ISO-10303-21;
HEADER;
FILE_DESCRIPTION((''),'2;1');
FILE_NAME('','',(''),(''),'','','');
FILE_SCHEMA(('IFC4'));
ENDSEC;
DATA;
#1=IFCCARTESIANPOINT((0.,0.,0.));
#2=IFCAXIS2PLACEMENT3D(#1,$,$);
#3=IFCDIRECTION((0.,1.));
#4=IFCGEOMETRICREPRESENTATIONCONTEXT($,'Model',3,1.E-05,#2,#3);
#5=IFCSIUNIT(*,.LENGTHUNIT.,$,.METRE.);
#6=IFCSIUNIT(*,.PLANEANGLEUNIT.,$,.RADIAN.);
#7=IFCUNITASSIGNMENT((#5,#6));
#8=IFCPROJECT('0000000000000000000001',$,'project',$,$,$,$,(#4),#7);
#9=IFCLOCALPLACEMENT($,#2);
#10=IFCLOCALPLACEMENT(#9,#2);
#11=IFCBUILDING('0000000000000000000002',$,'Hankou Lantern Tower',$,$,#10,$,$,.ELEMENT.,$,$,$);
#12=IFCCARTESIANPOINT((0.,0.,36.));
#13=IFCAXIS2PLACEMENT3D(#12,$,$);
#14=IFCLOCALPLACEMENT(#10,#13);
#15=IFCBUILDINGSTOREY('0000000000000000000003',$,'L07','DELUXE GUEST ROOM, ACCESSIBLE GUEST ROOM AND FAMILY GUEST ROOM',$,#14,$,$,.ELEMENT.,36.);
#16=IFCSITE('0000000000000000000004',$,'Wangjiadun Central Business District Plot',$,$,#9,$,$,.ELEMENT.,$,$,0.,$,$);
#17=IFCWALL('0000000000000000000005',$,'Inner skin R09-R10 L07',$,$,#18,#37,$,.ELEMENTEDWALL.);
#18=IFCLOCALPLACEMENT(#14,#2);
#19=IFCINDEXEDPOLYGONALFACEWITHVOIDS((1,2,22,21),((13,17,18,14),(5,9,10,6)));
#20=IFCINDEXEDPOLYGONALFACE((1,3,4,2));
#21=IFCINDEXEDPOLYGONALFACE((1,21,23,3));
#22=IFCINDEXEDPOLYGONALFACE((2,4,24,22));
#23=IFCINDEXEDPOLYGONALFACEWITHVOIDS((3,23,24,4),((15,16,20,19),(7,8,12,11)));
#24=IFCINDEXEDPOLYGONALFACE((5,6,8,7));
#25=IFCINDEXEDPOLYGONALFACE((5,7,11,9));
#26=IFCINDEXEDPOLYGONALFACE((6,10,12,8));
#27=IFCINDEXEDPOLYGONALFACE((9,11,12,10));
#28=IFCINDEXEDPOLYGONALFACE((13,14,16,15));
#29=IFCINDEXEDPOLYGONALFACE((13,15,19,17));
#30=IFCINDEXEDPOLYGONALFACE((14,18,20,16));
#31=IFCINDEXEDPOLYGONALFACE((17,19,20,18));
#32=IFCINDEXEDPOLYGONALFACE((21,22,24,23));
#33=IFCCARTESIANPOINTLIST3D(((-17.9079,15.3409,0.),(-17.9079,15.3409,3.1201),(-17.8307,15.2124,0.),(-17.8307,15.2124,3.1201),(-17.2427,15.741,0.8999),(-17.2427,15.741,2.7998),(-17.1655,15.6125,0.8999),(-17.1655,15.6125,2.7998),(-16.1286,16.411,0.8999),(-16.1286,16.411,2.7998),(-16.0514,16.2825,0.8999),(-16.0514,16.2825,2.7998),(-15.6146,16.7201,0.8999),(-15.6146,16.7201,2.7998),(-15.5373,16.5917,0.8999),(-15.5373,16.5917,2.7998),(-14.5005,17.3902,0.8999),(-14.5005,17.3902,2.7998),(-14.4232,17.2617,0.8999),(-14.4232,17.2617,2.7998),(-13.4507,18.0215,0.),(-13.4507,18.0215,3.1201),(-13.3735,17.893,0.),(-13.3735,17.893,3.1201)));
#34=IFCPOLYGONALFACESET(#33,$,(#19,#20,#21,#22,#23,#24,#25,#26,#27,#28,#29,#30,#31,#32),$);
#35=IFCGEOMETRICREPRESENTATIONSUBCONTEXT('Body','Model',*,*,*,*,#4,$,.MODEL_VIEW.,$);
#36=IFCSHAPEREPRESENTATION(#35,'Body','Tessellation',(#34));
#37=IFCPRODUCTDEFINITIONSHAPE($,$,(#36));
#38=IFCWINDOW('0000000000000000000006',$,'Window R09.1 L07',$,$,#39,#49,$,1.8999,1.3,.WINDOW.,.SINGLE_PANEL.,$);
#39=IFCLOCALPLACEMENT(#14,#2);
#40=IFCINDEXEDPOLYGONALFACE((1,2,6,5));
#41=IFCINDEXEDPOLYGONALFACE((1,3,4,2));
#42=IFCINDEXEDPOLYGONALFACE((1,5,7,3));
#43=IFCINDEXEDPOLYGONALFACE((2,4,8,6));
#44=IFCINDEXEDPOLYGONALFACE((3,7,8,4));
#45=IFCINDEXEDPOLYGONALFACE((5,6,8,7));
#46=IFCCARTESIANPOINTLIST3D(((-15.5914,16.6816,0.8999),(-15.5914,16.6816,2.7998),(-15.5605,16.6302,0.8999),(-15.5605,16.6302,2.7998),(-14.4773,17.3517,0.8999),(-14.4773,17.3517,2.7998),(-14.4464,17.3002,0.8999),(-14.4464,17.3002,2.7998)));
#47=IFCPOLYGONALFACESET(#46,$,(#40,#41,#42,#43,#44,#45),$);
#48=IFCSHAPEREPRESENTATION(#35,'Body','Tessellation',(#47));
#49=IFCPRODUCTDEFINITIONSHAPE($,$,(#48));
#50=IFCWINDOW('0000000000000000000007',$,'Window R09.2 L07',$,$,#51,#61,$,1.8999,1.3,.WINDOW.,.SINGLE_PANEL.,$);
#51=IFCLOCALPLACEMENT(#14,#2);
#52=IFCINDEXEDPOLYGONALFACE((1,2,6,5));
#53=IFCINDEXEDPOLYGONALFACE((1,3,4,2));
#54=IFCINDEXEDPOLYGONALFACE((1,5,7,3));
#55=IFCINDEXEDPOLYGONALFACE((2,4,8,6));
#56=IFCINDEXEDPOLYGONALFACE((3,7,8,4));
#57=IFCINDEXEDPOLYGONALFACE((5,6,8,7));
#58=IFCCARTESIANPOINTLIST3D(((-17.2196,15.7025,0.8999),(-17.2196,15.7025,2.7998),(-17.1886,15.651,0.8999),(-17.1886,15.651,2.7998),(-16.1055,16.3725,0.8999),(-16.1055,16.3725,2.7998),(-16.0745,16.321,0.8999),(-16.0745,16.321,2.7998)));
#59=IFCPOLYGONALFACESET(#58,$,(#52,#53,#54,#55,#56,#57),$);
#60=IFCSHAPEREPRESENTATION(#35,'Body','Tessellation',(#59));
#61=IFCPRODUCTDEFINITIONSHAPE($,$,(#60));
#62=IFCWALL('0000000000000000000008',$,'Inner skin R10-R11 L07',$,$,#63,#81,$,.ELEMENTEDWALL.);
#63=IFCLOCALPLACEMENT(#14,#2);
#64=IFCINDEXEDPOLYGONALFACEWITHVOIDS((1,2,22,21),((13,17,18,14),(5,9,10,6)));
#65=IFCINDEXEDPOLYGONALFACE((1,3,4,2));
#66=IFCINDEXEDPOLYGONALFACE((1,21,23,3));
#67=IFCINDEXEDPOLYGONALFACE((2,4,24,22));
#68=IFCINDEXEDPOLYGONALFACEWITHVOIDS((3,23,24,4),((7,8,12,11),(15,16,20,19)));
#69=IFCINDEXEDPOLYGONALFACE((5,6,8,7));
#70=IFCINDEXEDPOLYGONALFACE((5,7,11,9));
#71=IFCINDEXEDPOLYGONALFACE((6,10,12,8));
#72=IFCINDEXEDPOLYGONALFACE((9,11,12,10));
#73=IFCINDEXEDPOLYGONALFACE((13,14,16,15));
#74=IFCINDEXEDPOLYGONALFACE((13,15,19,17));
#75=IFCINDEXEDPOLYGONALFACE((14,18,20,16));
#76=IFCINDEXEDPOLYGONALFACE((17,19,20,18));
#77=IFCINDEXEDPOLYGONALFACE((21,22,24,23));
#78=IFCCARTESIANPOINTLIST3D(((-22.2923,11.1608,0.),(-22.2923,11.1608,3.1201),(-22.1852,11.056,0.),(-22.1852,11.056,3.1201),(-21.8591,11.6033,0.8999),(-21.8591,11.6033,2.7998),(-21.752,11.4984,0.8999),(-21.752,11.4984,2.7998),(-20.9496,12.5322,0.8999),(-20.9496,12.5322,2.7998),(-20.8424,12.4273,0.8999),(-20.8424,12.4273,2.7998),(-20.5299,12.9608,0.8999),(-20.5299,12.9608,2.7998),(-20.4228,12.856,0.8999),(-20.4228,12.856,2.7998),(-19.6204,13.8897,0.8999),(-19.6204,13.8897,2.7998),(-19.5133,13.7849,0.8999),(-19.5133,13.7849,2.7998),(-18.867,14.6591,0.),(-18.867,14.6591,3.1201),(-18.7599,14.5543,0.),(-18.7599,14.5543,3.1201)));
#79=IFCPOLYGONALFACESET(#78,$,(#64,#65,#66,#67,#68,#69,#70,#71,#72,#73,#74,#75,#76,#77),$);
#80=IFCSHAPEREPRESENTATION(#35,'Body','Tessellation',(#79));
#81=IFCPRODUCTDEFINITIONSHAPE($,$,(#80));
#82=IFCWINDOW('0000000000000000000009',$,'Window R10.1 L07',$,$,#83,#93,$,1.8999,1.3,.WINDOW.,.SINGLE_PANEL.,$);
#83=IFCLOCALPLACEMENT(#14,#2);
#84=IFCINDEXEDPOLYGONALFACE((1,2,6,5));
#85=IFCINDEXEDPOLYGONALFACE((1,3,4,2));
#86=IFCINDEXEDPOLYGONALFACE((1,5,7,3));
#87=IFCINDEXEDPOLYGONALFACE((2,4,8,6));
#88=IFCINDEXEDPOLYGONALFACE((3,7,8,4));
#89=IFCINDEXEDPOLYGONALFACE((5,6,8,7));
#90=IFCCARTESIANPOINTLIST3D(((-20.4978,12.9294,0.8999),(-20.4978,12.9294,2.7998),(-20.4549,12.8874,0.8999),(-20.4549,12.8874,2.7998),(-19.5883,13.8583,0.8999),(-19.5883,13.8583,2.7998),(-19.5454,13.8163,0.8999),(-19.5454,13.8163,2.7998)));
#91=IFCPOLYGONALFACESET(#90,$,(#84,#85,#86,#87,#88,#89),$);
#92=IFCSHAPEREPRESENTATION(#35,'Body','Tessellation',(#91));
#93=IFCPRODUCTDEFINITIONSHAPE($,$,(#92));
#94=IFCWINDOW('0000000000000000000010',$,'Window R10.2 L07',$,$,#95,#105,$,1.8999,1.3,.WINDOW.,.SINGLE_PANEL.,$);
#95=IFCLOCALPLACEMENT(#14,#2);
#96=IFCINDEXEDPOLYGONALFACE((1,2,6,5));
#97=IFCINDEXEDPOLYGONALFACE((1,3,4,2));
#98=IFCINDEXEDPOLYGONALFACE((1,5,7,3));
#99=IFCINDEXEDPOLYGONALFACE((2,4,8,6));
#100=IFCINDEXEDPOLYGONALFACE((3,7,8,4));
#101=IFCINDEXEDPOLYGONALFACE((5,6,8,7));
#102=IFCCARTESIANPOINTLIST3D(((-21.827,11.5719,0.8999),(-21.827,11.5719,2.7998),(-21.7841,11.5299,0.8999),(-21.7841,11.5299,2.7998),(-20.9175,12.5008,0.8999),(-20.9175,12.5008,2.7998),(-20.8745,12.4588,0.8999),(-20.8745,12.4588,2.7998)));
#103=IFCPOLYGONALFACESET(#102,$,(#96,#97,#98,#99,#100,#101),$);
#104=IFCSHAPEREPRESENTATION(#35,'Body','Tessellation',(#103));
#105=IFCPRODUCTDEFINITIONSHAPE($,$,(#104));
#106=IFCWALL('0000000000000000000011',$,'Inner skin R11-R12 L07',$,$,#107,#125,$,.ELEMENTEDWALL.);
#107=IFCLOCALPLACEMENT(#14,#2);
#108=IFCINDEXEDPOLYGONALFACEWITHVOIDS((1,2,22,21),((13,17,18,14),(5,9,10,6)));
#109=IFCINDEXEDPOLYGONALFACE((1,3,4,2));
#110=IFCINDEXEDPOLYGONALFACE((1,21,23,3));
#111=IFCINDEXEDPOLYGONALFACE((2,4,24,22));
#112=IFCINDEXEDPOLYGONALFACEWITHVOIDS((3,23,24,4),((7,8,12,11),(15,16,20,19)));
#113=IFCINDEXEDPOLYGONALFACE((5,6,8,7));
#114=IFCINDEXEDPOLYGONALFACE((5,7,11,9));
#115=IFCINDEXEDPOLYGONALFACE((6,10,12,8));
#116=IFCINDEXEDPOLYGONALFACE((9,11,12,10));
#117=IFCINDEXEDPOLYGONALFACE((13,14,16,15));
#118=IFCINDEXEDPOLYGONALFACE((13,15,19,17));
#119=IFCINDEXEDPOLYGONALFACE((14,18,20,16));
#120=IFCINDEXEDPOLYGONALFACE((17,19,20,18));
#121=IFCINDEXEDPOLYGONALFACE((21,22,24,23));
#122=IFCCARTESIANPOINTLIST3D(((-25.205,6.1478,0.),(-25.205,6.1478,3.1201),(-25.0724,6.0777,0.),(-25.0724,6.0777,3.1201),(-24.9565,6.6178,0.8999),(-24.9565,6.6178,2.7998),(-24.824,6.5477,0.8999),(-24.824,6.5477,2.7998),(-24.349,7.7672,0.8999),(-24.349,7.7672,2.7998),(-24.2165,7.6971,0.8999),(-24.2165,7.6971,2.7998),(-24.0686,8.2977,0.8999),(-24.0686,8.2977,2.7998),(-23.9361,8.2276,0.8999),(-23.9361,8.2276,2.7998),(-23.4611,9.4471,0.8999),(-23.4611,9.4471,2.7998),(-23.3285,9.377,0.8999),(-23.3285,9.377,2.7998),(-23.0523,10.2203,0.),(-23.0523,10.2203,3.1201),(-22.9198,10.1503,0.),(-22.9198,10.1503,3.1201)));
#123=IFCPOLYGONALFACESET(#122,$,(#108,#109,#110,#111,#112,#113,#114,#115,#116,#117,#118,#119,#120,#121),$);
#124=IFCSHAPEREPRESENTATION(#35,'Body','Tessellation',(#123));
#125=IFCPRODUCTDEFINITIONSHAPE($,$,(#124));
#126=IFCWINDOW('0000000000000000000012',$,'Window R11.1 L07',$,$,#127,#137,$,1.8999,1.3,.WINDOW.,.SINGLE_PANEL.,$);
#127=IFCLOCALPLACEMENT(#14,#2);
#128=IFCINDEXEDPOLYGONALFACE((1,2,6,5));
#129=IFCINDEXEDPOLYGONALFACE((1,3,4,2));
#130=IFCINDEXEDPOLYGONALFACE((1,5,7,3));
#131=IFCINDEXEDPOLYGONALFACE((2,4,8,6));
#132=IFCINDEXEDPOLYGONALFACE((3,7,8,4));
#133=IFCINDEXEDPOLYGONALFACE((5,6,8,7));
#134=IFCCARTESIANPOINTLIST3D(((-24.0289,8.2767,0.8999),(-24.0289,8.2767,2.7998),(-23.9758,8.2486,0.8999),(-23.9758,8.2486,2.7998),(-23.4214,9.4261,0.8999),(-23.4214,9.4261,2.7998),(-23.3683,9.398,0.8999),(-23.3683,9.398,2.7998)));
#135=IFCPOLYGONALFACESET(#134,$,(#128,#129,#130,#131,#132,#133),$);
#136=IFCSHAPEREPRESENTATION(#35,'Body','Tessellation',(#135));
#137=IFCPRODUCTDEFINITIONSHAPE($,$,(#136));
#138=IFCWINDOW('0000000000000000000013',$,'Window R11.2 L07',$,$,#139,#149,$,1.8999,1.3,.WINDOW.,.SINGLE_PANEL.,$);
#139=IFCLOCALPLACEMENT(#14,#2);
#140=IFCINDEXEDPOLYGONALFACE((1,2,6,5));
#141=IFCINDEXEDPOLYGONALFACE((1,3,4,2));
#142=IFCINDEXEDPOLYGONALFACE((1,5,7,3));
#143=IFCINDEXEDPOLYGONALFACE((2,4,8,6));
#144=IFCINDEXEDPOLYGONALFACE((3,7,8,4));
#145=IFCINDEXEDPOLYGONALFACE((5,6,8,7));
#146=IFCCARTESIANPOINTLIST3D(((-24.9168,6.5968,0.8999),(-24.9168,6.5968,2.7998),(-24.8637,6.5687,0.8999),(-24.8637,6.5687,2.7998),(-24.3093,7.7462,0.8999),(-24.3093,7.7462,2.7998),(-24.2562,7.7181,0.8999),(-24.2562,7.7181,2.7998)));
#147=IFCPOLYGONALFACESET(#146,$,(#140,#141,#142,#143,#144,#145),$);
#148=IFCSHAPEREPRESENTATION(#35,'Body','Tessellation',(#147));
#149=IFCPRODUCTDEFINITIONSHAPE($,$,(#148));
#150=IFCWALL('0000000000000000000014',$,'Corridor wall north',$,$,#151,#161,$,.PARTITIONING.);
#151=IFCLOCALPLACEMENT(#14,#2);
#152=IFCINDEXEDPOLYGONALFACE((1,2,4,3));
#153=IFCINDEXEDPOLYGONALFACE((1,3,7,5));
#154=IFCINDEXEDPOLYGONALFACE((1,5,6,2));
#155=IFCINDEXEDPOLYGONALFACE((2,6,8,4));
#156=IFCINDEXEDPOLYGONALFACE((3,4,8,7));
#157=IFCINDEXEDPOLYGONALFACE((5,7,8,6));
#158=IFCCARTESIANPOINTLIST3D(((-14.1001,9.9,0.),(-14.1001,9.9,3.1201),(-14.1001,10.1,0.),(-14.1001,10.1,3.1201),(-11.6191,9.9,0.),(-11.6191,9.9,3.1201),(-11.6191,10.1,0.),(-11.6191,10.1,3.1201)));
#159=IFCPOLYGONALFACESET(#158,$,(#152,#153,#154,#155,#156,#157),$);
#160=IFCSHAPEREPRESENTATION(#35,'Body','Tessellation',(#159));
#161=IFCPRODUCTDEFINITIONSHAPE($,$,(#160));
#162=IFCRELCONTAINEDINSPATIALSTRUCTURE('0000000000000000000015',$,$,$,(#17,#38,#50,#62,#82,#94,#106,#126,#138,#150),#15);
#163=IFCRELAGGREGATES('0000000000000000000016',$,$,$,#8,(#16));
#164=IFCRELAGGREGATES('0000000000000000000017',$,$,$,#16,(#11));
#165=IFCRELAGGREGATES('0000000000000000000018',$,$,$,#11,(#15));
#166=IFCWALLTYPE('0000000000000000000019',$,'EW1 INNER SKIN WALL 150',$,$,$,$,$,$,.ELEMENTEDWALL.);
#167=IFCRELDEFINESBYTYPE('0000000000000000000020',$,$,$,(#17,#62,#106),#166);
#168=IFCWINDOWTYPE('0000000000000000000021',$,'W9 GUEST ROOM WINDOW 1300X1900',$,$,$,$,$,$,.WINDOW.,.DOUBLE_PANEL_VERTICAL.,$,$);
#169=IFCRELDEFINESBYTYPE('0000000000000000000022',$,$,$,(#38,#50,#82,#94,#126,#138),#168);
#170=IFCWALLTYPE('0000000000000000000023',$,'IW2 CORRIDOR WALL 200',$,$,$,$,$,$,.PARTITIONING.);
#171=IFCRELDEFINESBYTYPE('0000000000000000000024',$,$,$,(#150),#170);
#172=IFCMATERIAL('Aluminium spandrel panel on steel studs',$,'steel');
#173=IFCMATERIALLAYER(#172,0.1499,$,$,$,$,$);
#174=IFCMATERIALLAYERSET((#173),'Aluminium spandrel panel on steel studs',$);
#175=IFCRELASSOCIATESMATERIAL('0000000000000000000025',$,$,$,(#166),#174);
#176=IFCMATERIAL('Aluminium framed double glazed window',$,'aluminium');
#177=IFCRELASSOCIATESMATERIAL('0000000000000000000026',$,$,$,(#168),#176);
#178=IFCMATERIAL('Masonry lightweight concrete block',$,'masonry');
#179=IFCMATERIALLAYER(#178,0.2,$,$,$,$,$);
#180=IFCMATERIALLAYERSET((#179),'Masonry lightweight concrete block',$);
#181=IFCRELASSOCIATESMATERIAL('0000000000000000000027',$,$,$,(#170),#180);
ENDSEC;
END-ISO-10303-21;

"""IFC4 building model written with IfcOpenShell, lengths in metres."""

from ifc_helpers import new_model, si_unit, direction, frame, frame_2d, origin, place, context, subcontext, project, spatial, rectangle, extrude, material, layer, layer_set, type_object, element, fill, save


model = new_model("IFC4")

# Units and contexts
model_context = context("Model", 3, precision=1e-05, world=origin(), true_north=direction((0.0, 1.0)))
body_context = subcontext(model_context, "Body", "Model", "MODEL_VIEW")
ifc_project = project(units=[si_unit("LENGTHUNIT", "METRE"), si_unit("PLANEANGLEUNIT", "RADIAN")], contexts=[model_context])

# Site, building, storey
site_placement = place(None, origin())
site = spatial("IfcSite", under=ifc_project, at=site_placement, Name="Wangjiadun Central Business District Plot", CompositionType="ELEMENT", RefElevation=0.0)
building_placement = place(site_placement, origin())
building = spatial("IfcBuilding", under=site, at=building_placement, Name="Hankou Lantern Tower", CompositionType="ELEMENT")
storey_placement = place(building_placement, frame((0.0, 0.0, 36.0)))
storey = spatial("IfcBuildingStorey", under=building, at=storey_placement, Name="L07", Description="DELUXE GUEST ROOM, ACCESSIBLE GUEST ROOM AND FAMILY GUEST ROOM", CompositionType="ELEMENT", Elevation=36.0)

# Walls, openings, windows
ifc_material_1 = material(Name="Aluminium spandrel panel on steel studs", Category="steel")
ifc_layer_1 = layer(ifc_material_1, 0.1499)
ifc_layer_set_1 = layer_set([ifc_layer_1], Name="Aluminium spandrel panel on steel studs")
wall_type_1 = type_object("IfcWallType", Name="EW1 INNER SKIN WALL 150", PredefinedType="ELEMENTEDWALL", material=ifc_layer_set_1)
wall_1_placement = place(storey_placement, frame((-13.4121, 17.9573, 0.0), z_axis=(0.0, 0.0, 1.0), x_axis=(-0.856958, -0.515386, 0.0)))
wall_1 = element("IfcWall", 1, at=wall_1_placement, inside=storey, type_object=wall_type_1, Name="Inner skin R09-R10 L07", PredefinedType="ELEMENTEDWALL", context=body_context, shape_type="SweptSolid", body=[
    extrude(rectangle(XDim=5.2012, YDim=0.1499, at=frame_2d((2.6006, 0.0))), origin(), (0.0, 0.0, 1.0), 3.1201),
])
opening_1_placement = place(wall_1_placement, frame((1.2251, 0.0, 0.8999)))
opening_1 = element("IfcOpeningElement", 2, at=opening_1_placement, cuts=wall_1, PredefinedType="OPENING", context=body_context, shape_type="SweptSolid", body=[
    extrude(rectangle(XDim=1.3, YDim=1.8999, at=frame_2d((0.6499, 0.95))), frame((0.0, 0.085, 0.0), z_axis=(0.0, -1.0, 0.0), x_axis=(1.0, 0.0, 0.0)), (0.0, 0.0, 1.0), 0.1699),
])
opening_2_placement = place(wall_1_placement, frame((3.125, 0.0, 0.8999)))
opening_2 = element("IfcOpeningElement", 3, at=opening_2_placement, cuts=wall_1, PredefinedType="OPENING", context=body_context, shape_type="SweptSolid", body=[
    extrude(rectangle(XDim=1.3, YDim=1.8999, at=frame_2d((0.6499, 0.95))), frame((0.0, 0.085, 0.0), z_axis=(0.0, -1.0, 0.0), x_axis=(1.0, 0.0, 0.0)), (0.0, 0.0, 1.0), 0.1699),
])
ifc_material_2 = material(Name="Aluminium framed double glazed window", Category="aluminium")
window_type = type_object("IfcWindowType", Name="W9 GUEST ROOM WINDOW 1300X1900", PartitioningType="DOUBLE_PANEL_VERTICAL", PredefinedType="WINDOW", material=ifc_material_2)
window_1_placement = place(opening_1_placement, origin())
window_1 = element("IfcWindow", 4, at=window_1_placement, inside=storey, type_object=window_type, Name="Window R09.1 L07", OverallHeight=1.8999, OverallWidth=1.3, PartitioningType="SINGLE_PANEL", PredefinedType="WINDOW", context=body_context, shape_type="SweptSolid", body=[
    extrude(rectangle(XDim=1.3, YDim=1.8999, at=frame_2d((0.6499, 0.95))), frame((0.0, 0.03, 0.0), z_axis=(0.0, -1.0, 0.0), x_axis=(1.0, 0.0, 0.0)), (0.0, 0.0, 1.0), 0.0601),
])
fill(opening_1, window_1)
window_2_placement = place(opening_2_placement, origin())
window_2 = element("IfcWindow", 5, at=window_2_placement, inside=storey, type_object=window_type, Name="Window R09.2 L07", OverallHeight=1.8999, OverallWidth=1.3, PartitioningType="SINGLE_PANEL", PredefinedType="WINDOW", context=body_context, shape_type="SweptSolid", body=[
    extrude(rectangle(XDim=1.3, YDim=1.8999, at=frame_2d((0.6499, 0.95))), frame((0.0, 0.03, 0.0), z_axis=(0.0, -1.0, 0.0), x_axis=(1.0, 0.0, 0.0)), (0.0, 0.0, 1.0), 0.0601),
])
fill(opening_2, window_2)
wall_2_placement = place(storey_placement, frame((-18.8135, 14.6067, 0.0), z_axis=(0.0, 0.0, 1.0), x_axis=(-0.699613, -0.714522, 0.0)))
wall_2 = element("IfcWall", 6, at=wall_2_placement, inside=storey, type_object=wall_type_1, Name="Inner skin R10-R11 L07", PredefinedType="ELEMENTEDWALL", context=body_context, shape_type="SweptSolid", body=[
    extrude(rectangle(XDim=4.896, YDim=0.1499, at=frame_2d((2.448, 0.0))), origin(), (0.0, 0.0, 1.0), 3.1201),
])
opening_3_placement = place(wall_2_placement, frame((1.0769, 0.0, 0.8999)))
opening_3 = element("IfcOpeningElement", 7, at=opening_3_placement, cuts=wall_2, PredefinedType="OPENING", context=body_context, shape_type="SweptSolid", body=[
    extrude(rectangle(XDim=1.3, YDim=1.8999, at=frame_2d((0.6499, 0.95))), frame((0.0, 0.085, 0.0), z_axis=(0.0, -1.0, 0.0), x_axis=(1.0, 0.0, 0.0)), (0.0, 0.0, 1.0), 0.1699),
])
opening_4_placement = place(wall_2_placement, frame((2.9768, 0.0, 0.8999)))
opening_4 = element("IfcOpeningElement", 8, at=opening_4_placement, cuts=wall_2, PredefinedType="OPENING", context=body_context, shape_type="SweptSolid", body=[
    extrude(rectangle(XDim=1.3, YDim=1.8999, at=frame_2d((0.6499, 0.95))), frame((0.0, 0.085, 0.0), z_axis=(0.0, -1.0, 0.0), x_axis=(1.0, 0.0, 0.0)), (0.0, 0.0, 1.0), 0.1699),
])
window_3_placement = place(opening_3_placement, origin())
window_3 = element("IfcWindow", 9, at=window_3_placement, inside=storey, type_object=window_type, Name="Window R10.1 L07", OverallHeight=1.8999, OverallWidth=1.3, PartitioningType="SINGLE_PANEL", PredefinedType="WINDOW", context=body_context, shape_type="SweptSolid", body=[
    extrude(rectangle(XDim=1.3, YDim=1.8999, at=frame_2d((0.6499, 0.95))), frame((0.0, 0.03, 0.0), z_axis=(0.0, -1.0, 0.0), x_axis=(1.0, 0.0, 0.0)), (0.0, 0.0, 1.0), 0.0601),
])
fill(opening_3, window_3)
window_4_placement = place(opening_4_placement, origin())
window_4 = element("IfcWindow", 10, at=window_4_placement, inside=storey, type_object=window_type, Name="Window R10.2 L07", OverallHeight=1.8999, OverallWidth=1.3, PartitioningType="SINGLE_PANEL", PredefinedType="WINDOW", context=body_context, shape_type="SweptSolid", body=[
    extrude(rectangle(XDim=1.3, YDim=1.8999, at=frame_2d((0.6499, 0.95))), frame((0.0, 0.03, 0.0), z_axis=(0.0, -1.0, 0.0), x_axis=(1.0, 0.0, 0.0)), (0.0, 0.0, 1.0), 0.0601),
])
fill(opening_4, window_4)
wall_3_placement = place(storey_placement, frame((-22.9861, 10.1853, 0.0), z_axis=(0.0, 0.0, 1.0), x_axis=(-0.467303, -0.884097, 0.0)))
wall_3 = element("IfcWall", 11, at=wall_3_placement, inside=storey, type_object=wall_type_1, Name="Inner skin R11-R12 L07", PredefinedType="ELEMENTEDWALL", context=body_context, shape_type="SweptSolid", body=[
    extrude(rectangle(XDim=4.6064, YDim=0.1499, at=frame_2d((2.3032, 0.0))), origin(), (0.0, 0.0, 1.0), 3.1201),
])
opening_5_placement = place(wall_3_placement, frame((0.8748, 0.0, 0.8999)))
opening_5 = element("IfcOpeningElement", 12, at=opening_5_placement, cuts=wall_3, PredefinedType="OPENING", context=body_context, shape_type="SweptSolid", body=[
    extrude(rectangle(XDim=1.3, YDim=1.8999, at=frame_2d((0.6499, 0.95))), frame((0.0, 0.085, 0.0), z_axis=(0.0, -1.0, 0.0), x_axis=(1.0, 0.0, 0.0)), (0.0, 0.0, 1.0), 0.1699),
])
opening_6_placement = place(wall_3_placement, frame((2.7749, 0.0, 0.8999)))
opening_6 = element("IfcOpeningElement", 13, at=opening_6_placement, cuts=wall_3, PredefinedType="OPENING", context=body_context, shape_type="SweptSolid", body=[
    extrude(rectangle(XDim=1.3, YDim=1.8999, at=frame_2d((0.6499, 0.95))), frame((0.0, 0.085, 0.0), z_axis=(0.0, -1.0, 0.0), x_axis=(1.0, 0.0, 0.0)), (0.0, 0.0, 1.0), 0.1699),
])
window_5_placement = place(opening_5_placement, origin())
window_5 = element("IfcWindow", 14, at=window_5_placement, inside=storey, type_object=window_type, Name="Window R11.1 L07", OverallHeight=1.8999, OverallWidth=1.3, PartitioningType="SINGLE_PANEL", PredefinedType="WINDOW", context=body_context, shape_type="SweptSolid", body=[
    extrude(rectangle(XDim=1.3, YDim=1.8999, at=frame_2d((0.6499, 0.95))), frame((0.0, 0.03, 0.0), z_axis=(0.0, -1.0, 0.0), x_axis=(1.0, 0.0, 0.0)), (0.0, 0.0, 1.0), 0.0601),
])
fill(opening_5, window_5)
window_6_placement = place(opening_6_placement, origin())
window_6 = element("IfcWindow", 15, at=window_6_placement, inside=storey, type_object=window_type, Name="Window R11.2 L07", OverallHeight=1.8999, OverallWidth=1.3, PartitioningType="SINGLE_PANEL", PredefinedType="WINDOW", context=body_context, shape_type="SweptSolid", body=[
    extrude(rectangle(XDim=1.3, YDim=1.8999, at=frame_2d((0.6499, 0.95))), frame((0.0, 0.03, 0.0), z_axis=(0.0, -1.0, 0.0), x_axis=(1.0, 0.0, 0.0)), (0.0, 0.0, 1.0), 0.0601),
])
fill(opening_6, window_6)

# Wall
ifc_material_3 = material(Name="Masonry lightweight concrete block", Category="masonry")
ifc_layer_2 = layer(ifc_material_3, 0.2)
ifc_layer_set_2 = layer_set([ifc_layer_2], Name="Masonry lightweight concrete block")
wall_type_2 = type_object("IfcWallType", Name="IW2 CORRIDOR WALL 200", PredefinedType="PARTITIONING", material=ifc_layer_set_2)
wall_4_placement = place(storey_placement, frame((-14.1001, 10.0, 0.0), z_axis=(0.0, 0.0, 1.0), x_axis=(1.0, 0.0, 0.0)))
element("IfcWall", 16, at=wall_4_placement, inside=storey, type_object=wall_type_2, Name="Corridor wall north", PredefinedType="PARTITIONING", context=body_context, shape_type="SweptSolid", body=[
    extrude(rectangle(XDim=2.481, YDim=0.2, at=frame_2d((1.2405, 0.0))), origin(), (0.0, 0.0, 1.0), 3.1201),
])

save(model, "model.ifc")
